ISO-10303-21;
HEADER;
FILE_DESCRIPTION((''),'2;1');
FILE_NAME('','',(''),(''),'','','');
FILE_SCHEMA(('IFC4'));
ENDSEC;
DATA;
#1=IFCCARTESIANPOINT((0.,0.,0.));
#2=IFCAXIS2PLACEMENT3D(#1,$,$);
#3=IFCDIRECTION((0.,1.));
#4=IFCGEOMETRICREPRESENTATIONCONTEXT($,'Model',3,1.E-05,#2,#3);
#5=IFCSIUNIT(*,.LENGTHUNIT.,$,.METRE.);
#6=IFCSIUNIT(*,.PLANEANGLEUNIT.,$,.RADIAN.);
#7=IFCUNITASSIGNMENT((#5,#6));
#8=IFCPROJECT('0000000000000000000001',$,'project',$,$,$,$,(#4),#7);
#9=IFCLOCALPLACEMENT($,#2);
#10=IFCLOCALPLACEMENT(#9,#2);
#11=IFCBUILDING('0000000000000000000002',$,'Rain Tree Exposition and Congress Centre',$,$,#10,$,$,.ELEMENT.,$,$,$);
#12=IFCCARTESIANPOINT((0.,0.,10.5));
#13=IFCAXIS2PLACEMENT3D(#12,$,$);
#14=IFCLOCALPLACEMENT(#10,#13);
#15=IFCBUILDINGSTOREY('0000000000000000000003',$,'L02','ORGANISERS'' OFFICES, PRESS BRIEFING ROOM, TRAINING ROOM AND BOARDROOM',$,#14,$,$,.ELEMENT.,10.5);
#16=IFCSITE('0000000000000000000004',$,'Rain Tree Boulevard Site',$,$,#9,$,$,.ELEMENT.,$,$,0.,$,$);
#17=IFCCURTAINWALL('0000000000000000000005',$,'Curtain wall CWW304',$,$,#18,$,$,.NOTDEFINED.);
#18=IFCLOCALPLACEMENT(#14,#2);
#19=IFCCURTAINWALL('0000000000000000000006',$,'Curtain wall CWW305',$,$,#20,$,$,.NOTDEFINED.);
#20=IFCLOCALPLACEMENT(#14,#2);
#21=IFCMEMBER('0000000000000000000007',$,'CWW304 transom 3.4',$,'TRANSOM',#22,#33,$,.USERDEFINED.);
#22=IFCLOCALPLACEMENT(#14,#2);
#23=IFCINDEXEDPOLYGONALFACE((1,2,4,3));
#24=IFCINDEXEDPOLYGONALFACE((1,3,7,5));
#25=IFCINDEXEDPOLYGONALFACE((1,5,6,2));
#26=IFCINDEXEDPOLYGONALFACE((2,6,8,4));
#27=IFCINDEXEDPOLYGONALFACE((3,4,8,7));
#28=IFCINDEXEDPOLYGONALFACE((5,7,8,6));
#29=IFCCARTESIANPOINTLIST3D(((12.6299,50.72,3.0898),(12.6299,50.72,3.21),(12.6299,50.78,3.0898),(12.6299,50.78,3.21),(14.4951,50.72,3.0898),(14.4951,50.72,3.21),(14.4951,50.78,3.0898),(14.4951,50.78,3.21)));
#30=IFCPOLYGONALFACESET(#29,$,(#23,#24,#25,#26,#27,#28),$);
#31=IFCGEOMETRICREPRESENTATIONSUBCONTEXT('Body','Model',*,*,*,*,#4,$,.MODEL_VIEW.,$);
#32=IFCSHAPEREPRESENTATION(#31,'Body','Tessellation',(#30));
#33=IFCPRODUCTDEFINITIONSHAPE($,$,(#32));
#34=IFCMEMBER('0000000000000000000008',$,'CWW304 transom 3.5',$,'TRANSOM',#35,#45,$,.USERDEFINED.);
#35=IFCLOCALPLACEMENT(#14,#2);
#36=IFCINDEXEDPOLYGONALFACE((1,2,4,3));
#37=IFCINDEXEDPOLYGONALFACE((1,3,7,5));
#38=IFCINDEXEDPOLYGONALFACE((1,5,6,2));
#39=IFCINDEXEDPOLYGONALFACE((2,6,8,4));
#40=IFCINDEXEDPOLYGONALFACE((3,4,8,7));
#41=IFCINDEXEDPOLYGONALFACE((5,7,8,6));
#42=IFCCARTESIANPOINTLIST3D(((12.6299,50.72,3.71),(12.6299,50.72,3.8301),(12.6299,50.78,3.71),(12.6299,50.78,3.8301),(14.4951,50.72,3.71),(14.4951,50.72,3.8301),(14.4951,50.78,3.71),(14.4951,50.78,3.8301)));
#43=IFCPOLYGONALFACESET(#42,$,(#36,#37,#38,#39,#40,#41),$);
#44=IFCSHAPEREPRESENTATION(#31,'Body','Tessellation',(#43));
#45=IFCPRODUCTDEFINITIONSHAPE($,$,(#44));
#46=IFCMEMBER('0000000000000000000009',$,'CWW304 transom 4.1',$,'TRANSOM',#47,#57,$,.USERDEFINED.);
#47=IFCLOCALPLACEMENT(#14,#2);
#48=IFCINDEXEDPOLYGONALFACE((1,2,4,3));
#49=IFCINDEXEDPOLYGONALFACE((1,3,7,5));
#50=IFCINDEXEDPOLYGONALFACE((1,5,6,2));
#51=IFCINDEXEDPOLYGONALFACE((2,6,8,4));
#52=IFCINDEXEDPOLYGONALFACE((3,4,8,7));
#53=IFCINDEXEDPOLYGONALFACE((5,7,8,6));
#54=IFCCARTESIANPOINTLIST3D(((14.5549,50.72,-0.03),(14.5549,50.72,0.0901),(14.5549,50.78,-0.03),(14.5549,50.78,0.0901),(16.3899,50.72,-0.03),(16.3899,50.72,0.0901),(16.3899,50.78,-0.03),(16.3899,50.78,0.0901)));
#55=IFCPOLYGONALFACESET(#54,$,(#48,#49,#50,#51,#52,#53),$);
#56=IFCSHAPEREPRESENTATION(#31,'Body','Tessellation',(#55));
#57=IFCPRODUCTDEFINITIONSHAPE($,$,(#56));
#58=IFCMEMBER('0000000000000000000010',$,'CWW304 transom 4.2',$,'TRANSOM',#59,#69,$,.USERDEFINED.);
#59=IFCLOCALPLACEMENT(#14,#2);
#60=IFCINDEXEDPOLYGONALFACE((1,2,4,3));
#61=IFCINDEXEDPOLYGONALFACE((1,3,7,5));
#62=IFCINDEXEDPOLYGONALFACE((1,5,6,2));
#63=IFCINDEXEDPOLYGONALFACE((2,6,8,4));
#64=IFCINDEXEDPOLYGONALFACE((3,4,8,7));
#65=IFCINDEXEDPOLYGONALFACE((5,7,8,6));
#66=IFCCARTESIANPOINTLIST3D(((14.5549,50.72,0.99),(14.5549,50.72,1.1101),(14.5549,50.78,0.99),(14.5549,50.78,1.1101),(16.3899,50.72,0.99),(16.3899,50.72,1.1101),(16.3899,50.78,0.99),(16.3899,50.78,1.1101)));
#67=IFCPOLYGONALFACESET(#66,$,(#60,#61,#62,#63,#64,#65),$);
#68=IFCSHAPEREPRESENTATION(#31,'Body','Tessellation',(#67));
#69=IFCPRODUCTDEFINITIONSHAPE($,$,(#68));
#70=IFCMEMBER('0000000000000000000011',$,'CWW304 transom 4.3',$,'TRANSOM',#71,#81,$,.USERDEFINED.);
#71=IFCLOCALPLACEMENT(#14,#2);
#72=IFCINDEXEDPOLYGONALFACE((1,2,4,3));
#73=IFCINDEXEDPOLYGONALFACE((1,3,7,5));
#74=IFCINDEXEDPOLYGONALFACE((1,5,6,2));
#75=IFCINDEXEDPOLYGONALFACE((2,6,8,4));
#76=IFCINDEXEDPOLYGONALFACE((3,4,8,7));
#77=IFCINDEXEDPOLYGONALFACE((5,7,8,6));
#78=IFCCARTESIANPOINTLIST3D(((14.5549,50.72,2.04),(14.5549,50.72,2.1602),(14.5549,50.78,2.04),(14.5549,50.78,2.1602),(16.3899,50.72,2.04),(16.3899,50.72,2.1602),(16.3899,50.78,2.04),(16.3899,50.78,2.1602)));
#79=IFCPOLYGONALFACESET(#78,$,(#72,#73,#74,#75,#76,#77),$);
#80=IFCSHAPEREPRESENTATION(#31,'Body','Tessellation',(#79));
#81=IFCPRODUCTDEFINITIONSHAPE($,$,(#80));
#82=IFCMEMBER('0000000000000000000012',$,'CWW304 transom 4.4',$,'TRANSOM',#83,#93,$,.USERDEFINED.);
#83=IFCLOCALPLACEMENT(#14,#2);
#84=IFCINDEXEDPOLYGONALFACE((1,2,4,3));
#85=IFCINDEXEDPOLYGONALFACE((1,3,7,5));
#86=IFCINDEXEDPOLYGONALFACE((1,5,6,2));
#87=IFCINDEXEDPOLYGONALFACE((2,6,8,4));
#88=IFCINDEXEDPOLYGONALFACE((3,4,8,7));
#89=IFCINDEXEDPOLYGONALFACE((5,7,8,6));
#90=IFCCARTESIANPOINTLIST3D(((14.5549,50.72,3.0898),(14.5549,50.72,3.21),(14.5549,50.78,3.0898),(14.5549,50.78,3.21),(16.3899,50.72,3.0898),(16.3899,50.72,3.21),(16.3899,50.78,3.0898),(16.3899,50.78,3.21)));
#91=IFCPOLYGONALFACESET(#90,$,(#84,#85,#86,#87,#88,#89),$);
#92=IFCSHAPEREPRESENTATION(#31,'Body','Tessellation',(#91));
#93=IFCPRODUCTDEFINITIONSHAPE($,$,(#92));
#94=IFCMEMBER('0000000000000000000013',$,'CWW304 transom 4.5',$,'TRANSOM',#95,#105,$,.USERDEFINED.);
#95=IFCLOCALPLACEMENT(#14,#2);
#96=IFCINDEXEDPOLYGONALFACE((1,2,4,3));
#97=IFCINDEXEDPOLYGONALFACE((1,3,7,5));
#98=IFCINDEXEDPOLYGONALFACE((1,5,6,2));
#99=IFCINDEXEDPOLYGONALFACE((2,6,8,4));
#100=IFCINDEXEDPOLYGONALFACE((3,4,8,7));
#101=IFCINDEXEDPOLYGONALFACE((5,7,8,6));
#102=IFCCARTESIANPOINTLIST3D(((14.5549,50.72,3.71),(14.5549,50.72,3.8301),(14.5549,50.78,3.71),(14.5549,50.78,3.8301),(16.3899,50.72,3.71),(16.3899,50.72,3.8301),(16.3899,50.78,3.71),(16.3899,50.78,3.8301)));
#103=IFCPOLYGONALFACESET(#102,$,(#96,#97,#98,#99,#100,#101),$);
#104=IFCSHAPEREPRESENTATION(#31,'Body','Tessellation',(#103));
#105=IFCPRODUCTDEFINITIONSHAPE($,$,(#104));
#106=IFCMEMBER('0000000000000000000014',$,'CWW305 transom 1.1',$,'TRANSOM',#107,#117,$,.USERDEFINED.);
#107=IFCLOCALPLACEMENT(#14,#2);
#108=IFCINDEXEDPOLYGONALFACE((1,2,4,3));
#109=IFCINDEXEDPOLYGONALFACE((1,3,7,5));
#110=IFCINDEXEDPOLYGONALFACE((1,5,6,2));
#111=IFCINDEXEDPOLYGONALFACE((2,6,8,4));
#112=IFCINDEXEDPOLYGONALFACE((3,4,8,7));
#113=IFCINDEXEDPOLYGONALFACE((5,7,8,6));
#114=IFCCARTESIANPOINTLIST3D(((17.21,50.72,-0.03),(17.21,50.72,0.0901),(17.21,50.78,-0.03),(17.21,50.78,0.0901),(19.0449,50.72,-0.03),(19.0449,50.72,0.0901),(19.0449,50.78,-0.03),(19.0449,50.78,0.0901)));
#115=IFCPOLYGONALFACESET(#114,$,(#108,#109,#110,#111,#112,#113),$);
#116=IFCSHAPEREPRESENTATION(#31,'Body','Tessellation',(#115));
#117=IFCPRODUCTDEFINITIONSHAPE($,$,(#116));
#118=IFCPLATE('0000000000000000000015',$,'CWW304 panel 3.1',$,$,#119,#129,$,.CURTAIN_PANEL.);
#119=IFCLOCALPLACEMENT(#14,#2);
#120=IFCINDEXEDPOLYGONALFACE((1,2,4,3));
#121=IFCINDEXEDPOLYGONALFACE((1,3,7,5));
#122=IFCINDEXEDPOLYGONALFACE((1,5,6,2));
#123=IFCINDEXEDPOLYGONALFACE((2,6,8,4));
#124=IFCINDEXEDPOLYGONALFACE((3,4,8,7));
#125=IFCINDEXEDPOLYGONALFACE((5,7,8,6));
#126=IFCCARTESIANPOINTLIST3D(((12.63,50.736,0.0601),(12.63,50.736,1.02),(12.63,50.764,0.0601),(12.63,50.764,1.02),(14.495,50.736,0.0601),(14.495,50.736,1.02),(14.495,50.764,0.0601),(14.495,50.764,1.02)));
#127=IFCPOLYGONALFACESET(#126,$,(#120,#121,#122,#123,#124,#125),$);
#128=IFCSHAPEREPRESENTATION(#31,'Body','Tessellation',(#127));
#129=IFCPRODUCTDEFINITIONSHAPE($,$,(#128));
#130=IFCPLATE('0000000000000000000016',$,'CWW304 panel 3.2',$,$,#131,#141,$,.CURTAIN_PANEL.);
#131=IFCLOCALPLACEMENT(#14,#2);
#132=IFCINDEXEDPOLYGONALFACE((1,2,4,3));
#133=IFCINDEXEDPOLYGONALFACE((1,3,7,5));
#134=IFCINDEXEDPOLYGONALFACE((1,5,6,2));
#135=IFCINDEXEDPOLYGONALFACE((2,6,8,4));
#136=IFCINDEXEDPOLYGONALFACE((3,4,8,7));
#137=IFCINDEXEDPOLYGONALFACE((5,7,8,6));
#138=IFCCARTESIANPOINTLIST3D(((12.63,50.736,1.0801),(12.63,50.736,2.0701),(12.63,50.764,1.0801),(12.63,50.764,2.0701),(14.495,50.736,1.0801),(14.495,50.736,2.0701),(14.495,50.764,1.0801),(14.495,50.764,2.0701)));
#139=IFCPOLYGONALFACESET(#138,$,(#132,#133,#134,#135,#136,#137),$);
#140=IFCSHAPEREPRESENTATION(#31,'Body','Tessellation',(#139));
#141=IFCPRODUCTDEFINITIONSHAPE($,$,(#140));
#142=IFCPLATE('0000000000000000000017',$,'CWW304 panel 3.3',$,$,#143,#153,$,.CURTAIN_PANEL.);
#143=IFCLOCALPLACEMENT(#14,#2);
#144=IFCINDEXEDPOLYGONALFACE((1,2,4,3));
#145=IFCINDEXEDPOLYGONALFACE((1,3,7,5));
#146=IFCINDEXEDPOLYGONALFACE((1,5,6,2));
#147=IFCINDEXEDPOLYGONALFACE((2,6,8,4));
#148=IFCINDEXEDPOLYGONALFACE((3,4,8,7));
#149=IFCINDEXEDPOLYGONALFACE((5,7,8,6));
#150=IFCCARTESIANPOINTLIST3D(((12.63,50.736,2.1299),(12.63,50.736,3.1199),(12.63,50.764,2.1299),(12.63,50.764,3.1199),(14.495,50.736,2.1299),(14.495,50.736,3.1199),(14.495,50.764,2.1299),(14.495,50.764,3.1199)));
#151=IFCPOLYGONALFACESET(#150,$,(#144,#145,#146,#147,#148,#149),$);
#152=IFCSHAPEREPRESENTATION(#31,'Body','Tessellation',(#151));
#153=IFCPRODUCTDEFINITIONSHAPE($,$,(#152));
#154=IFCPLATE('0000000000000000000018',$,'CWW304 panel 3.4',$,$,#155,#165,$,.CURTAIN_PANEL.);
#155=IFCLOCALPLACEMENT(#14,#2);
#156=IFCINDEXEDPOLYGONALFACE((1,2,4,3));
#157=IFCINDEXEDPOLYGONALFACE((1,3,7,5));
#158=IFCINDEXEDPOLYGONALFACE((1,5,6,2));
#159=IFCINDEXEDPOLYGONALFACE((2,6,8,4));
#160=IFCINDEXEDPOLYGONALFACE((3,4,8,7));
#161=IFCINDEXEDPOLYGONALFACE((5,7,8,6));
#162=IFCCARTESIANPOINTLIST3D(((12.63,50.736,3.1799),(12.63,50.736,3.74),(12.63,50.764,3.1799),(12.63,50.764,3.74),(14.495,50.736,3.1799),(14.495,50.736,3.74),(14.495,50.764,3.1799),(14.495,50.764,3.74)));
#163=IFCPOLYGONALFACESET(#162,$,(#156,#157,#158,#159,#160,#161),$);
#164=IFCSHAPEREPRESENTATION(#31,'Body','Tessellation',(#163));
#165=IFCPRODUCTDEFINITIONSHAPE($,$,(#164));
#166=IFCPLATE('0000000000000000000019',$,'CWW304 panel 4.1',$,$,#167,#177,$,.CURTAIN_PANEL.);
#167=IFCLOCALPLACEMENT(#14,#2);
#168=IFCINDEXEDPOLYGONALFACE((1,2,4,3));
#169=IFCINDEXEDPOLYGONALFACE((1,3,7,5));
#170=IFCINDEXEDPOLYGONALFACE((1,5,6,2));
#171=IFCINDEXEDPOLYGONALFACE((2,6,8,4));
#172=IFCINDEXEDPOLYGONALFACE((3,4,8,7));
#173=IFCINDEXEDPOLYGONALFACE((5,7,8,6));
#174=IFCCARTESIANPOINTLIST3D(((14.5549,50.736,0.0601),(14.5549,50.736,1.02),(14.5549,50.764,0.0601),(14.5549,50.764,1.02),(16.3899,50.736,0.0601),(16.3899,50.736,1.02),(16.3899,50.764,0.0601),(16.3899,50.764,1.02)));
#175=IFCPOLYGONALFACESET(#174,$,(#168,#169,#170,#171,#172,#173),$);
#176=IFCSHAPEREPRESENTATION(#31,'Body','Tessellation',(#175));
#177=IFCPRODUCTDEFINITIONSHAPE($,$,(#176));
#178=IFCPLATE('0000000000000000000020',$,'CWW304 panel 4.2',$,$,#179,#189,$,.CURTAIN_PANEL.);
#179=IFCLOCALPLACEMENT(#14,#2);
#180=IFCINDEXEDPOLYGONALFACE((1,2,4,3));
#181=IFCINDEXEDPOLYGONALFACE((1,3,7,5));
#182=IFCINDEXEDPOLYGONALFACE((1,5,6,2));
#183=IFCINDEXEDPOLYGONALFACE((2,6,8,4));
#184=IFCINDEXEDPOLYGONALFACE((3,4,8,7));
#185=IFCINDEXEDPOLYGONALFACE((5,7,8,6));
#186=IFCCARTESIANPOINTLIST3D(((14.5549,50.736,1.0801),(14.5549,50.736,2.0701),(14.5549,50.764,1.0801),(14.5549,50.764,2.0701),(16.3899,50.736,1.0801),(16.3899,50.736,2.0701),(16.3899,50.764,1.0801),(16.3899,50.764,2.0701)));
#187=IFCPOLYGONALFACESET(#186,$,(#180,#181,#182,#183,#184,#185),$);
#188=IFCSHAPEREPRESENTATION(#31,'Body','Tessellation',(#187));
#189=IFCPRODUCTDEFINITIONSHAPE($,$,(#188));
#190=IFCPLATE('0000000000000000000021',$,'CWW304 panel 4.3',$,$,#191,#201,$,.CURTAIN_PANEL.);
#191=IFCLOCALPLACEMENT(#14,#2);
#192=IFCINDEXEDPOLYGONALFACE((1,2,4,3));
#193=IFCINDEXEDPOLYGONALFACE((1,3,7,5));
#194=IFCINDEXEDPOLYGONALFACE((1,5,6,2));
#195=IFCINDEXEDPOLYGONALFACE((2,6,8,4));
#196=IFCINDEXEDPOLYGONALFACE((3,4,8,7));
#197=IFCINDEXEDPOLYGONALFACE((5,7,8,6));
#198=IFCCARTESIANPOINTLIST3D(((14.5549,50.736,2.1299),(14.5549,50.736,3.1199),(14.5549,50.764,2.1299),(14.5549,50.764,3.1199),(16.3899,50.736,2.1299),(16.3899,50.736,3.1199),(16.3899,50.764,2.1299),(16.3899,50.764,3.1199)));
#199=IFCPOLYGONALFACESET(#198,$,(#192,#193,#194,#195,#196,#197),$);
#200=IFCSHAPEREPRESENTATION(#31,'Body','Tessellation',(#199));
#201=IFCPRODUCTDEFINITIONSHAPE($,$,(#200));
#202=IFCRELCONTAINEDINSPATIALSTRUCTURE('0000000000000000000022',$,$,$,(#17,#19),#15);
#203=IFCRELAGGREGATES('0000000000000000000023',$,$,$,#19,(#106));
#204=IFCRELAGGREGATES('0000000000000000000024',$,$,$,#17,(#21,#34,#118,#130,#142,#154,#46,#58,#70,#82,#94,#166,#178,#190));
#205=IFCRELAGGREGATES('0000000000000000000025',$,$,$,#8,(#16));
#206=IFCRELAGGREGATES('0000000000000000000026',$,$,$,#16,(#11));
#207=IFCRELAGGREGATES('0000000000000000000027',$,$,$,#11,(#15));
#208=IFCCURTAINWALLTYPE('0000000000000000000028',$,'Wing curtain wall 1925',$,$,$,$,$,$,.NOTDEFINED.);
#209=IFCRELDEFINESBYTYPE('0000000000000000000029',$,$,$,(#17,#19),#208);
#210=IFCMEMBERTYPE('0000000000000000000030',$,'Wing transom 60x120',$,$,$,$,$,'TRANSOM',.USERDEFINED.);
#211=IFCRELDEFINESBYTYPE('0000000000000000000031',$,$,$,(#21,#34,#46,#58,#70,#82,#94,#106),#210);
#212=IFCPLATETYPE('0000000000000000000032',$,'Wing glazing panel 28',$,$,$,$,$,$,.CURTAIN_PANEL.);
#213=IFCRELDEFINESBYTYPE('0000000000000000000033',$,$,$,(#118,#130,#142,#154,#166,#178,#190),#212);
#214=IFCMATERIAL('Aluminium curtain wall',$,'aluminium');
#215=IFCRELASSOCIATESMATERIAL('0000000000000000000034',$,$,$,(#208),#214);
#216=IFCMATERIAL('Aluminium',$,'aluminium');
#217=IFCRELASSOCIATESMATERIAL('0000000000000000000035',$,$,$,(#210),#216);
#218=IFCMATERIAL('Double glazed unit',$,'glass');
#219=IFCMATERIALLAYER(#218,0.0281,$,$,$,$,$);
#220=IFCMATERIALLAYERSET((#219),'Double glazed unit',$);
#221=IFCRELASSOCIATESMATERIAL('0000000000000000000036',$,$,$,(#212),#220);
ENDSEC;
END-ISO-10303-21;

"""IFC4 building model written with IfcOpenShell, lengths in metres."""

from ifc_helpers import new_model, si_unit, direction, frame, origin, origin_2d, place, context, subcontext, project, spatial, rectangle, extrude, material, layer, layer_set, material_profile, profile_set, type_object, element, aggregate, save


model = new_model("IFC4")

# Units and contexts
model_context = context("Model", 3, precision=1e-05, world=origin(), true_north=direction((0.0, 1.0)))
body_context = subcontext(model_context, "Body", "Model", "MODEL_VIEW")
ifc_project = project(units=[si_unit("LENGTHUNIT", "METRE"), si_unit("PLANEANGLEUNIT", "RADIAN")], contexts=[model_context])

# Site, building, storey
site_placement = place(None, origin())
site = spatial("IfcSite", under=ifc_project, at=site_placement, Name="Rain Tree Boulevard Site", CompositionType="ELEMENT", RefElevation=0.0)
building_placement = place(site_placement, origin())
building = spatial("IfcBuilding", under=site, at=building_placement, Name="Rain Tree Exposition and Congress Centre", CompositionType="ELEMENT")
storey_placement = place(building_placement, frame((0.0, 0.0, 10.5)))
storey = spatial("IfcBuildingStorey", under=building, at=storey_placement, Name="L02", Description="ORGANISERS' OFFICES, PRESS BRIEFING ROOM, TRAINING ROOM AND BOARDROOM", CompositionType="ELEMENT", Elevation=10.5)

# Curtain wall
ifc_material_1 = material(Name="Aluminium curtain wall", Category="aluminium")
curtain_wall_type = type_object("IfcCurtainWallType", Name="Wing curtain wall 1925", PredefinedType="NOTDEFINED", material=ifc_material_1)
curtain_wall_1_placement = place(storey_placement, origin())
curtain_wall_1 = element("IfcCurtainWall", 1, at=curtain_wall_1_placement, inside=storey, type_object=curtain_wall_type, Name="Curtain wall CWW304", PredefinedType="NOTDEFINED")

# Curtain wall
curtain_wall_2_placement = place(storey_placement, origin())
curtain_wall_2 = element("IfcCurtainWall", 2, at=curtain_wall_2_placement, inside=storey, type_object=curtain_wall_type, Name="Curtain wall CWW305", PredefinedType="NOTDEFINED")

# Members
ifc_material_2 = material(Name="Aluminium", Category="aluminium")
ifc_material_profile_1 = material_profile(ifc_material_2, rectangle(XDim=0.0601, YDim=0.1201, at=origin_2d()), Name="Aluminium 60x120")
ifc_profile_set_1 = profile_set([ifc_material_profile_1], Name="Aluminium")
member_type_1 = type_object("IfcMemberType", Name="Wing transom 60x120", ElementType="TRANSOM", PredefinedType="USERDEFINED", material=ifc_profile_set_1)
member_1_placement = place(storey_placement, frame((12.6299, 50.75, 3.1499), z_axis=(1.0, 0.0, 0.0), x_axis=(0.0, 1.0, 0.0)))
member_1 = element("IfcMember", 3, at=member_1_placement, type_object=member_type_1, Name="CWW304 transom 3.4", ObjectType="TRANSOM", PredefinedType="USERDEFINED", context=body_context, shape_type="SweptSolid", body=[
    extrude(rectangle(XDim=0.0601, YDim=0.1201, at=origin_2d()), origin(), (0.0, 0.0, 1.0), 1.8652),
])
member_2_placement = place(storey_placement, frame((12.6299, 50.75, 3.77), z_axis=(1.0, 0.0, 0.0), x_axis=(0.0, 1.0, 0.0)))
member_2 = element("IfcMember", 4, at=member_2_placement, type_object=member_type_1, Name="CWW304 transom 3.5", ObjectType="TRANSOM", PredefinedType="USERDEFINED", context=body_context, shape_type="SweptSolid", body=[
    extrude(rectangle(XDim=0.0601, YDim=0.1201, at=origin_2d()), origin(), (0.0, 0.0, 1.0), 1.8652),
])
member_3_placement = place(storey_placement, frame((14.5549, 50.75, 0.03), z_axis=(1.0, 0.0, 0.0), x_axis=(0.0, 1.0, 0.0)))
member_3 = element("IfcMember", 5, at=member_3_placement, type_object=member_type_1, Name="CWW304 transom 4.1", ObjectType="TRANSOM", PredefinedType="USERDEFINED", context=body_context, shape_type="SweptSolid", body=[
    extrude(rectangle(XDim=0.0601, YDim=0.1201, at=origin_2d()), origin(), (0.0, 0.0, 1.0), 1.835),
])
member_4_placement = place(storey_placement, frame((14.5549, 50.75, 1.05), z_axis=(1.0, 0.0, 0.0), x_axis=(0.0, 1.0, 0.0)))
member_4 = element("IfcMember", 6, at=member_4_placement, type_object=member_type_1, Name="CWW304 transom 4.2", ObjectType="TRANSOM", PredefinedType="USERDEFINED", context=body_context, shape_type="SweptSolid", body=[
    extrude(rectangle(XDim=0.0601, YDim=0.1201, at=origin_2d()), origin(), (0.0, 0.0, 1.0), 1.835),
])
member_5_placement = place(storey_placement, frame((14.5549, 50.75, 2.1001), z_axis=(1.0, 0.0, 0.0), x_axis=(0.0, 1.0, 0.0)))
member_5 = element("IfcMember", 7, at=member_5_placement, type_object=member_type_1, Name="CWW304 transom 4.3", ObjectType="TRANSOM", PredefinedType="USERDEFINED", context=body_context, shape_type="SweptSolid", body=[
    extrude(rectangle(XDim=0.0601, YDim=0.1201, at=origin_2d()), origin(), (0.0, 0.0, 1.0), 1.835),
])
member_6_placement = place(storey_placement, frame((14.5549, 50.75, 3.1499), z_axis=(1.0, 0.0, 0.0), x_axis=(0.0, 1.0, 0.0)))
member_6 = element("IfcMember", 8, at=member_6_placement, type_object=member_type_1, Name="CWW304 transom 4.4", ObjectType="TRANSOM", PredefinedType="USERDEFINED", context=body_context, shape_type="SweptSolid", body=[
    extrude(rectangle(XDim=0.0601, YDim=0.1201, at=origin_2d()), origin(), (0.0, 0.0, 1.0), 1.835),
])
member_7_placement = place(storey_placement, frame((14.5549, 50.75, 3.77), z_axis=(1.0, 0.0, 0.0), x_axis=(0.0, 1.0, 0.0)))
member_7 = element("IfcMember", 9, at=member_7_placement, type_object=member_type_1, Name="CWW304 transom 4.5", ObjectType="TRANSOM", PredefinedType="USERDEFINED", context=body_context, shape_type="SweptSolid", body=[
    extrude(rectangle(XDim=0.0601, YDim=0.1201, at=origin_2d()), origin(), (0.0, 0.0, 1.0), 1.835),
])
member_8_placement = place(storey_placement, frame((17.21, 50.75, 0.03), z_axis=(1.0, 0.0, 0.0), x_axis=(0.0, 1.0, 0.0)))
member_8 = element("IfcMember", 10, at=member_8_placement, type_object=member_type_1, Name="CWW305 transom 1.1", ObjectType="TRANSOM", PredefinedType="USERDEFINED", context=body_context, shape_type="SweptSolid", body=[
    extrude(rectangle(XDim=0.0601, YDim=0.1201, at=origin_2d()), origin(), (0.0, 0.0, 1.0), 1.835),
])
aggregate(curtain_wall_2, [member_8])

# Plates
ifc_material_3 = material(Name="Double glazed unit", Category="glass")
ifc_layer_1 = layer(ifc_material_3, 0.0281)
ifc_layer_set_1 = layer_set([ifc_layer_1], Name="Double glazed unit")
plate_type = type_object("IfcPlateType", Name="Wing glazing panel 28", PredefinedType="CURTAIN_PANEL", material=ifc_layer_set_1)
plate_1_placement = place(storey_placement, frame((13.5625, 50.75, 0.0601), z_axis=(0.0, 0.0, 1.0), x_axis=(1.0, 0.0, 0.0)))
plate_1 = element("IfcPlate", 11, at=plate_1_placement, type_object=plate_type, Name="CWW304 panel 3.1", PredefinedType="CURTAIN_PANEL", context=body_context, shape_type="SweptSolid", body=[
    extrude(rectangle(XDim=1.865, YDim=0.0281, at=origin_2d()), origin(), (0.0, 0.0, 1.0), 0.96),
])
plate_2_placement = place(storey_placement, frame((13.5625, 50.75, 1.0801), z_axis=(0.0, 0.0, 1.0), x_axis=(1.0, 0.0, 0.0)))
plate_2 = element("IfcPlate", 12, at=plate_2_placement, type_object=plate_type, Name="CWW304 panel 3.2", PredefinedType="CURTAIN_PANEL", context=body_context, shape_type="SweptSolid", body=[
    extrude(rectangle(XDim=1.865, YDim=0.0281, at=origin_2d()), origin(), (0.0, 0.0, 1.0), 0.99),
])
plate_3_placement = place(storey_placement, frame((13.5625, 50.75, 2.1299), z_axis=(0.0, 0.0, 1.0), x_axis=(1.0, 0.0, 0.0)))
plate_3 = element("IfcPlate", 13, at=plate_3_placement, type_object=plate_type, Name="CWW304 panel 3.3", PredefinedType="CURTAIN_PANEL", context=body_context, shape_type="SweptSolid", body=[
    extrude(rectangle(XDim=1.865, YDim=0.0281, at=origin_2d()), origin(), (0.0, 0.0, 1.0), 0.99),
])
plate_4_placement = place(storey_placement, frame((13.5625, 50.75, 3.1799), z_axis=(0.0, 0.0, 1.0), x_axis=(1.0, 0.0, 0.0)))
plate_4 = element("IfcPlate", 14, at=plate_4_placement, type_object=plate_type, Name="CWW304 panel 3.4", PredefinedType="CURTAIN_PANEL", context=body_context, shape_type="SweptSolid", body=[
    extrude(rectangle(XDim=1.865, YDim=0.0281, at=origin_2d()), origin(), (0.0, 0.0, 1.0), 0.5601),
])
plate_5_placement = place(storey_placement, frame((15.4724, 50.75, 0.0601), z_axis=(0.0, 0.0, 1.0), x_axis=(1.0, 0.0, 0.0)))
plate_5 = element("IfcPlate", 15, at=plate_5_placement, type_object=plate_type, Name="CWW304 panel 4.1", PredefinedType="CURTAIN_PANEL", context=body_context, shape_type="SweptSolid", body=[
    extrude(rectangle(XDim=1.835, YDim=0.0281, at=origin_2d()), origin(), (0.0, 0.0, 1.0), 0.96),
])
plate_6_placement = place(storey_placement, frame((15.4724, 50.75, 1.0801), z_axis=(0.0, 0.0, 1.0), x_axis=(1.0, 0.0, 0.0)))
plate_6 = element("IfcPlate", 16, at=plate_6_placement, type_object=plate_type, Name="CWW304 panel 4.2", PredefinedType="CURTAIN_PANEL", context=body_context, shape_type="SweptSolid", body=[
    extrude(rectangle(XDim=1.835, YDim=0.0281, at=origin_2d()), origin(), (0.0, 0.0, 1.0), 0.99),
])
plate_7_placement = place(storey_placement, frame((15.4724, 50.75, 2.1299), z_axis=(0.0, 0.0, 1.0), x_axis=(1.0, 0.0, 0.0)))
plate_7 = element("IfcPlate", 17, at=plate_7_placement, type_object=plate_type, Name="CWW304 panel 4.3", PredefinedType="CURTAIN_PANEL", context=body_context, shape_type="SweptSolid", body=[
    extrude(rectangle(XDim=1.835, YDim=0.0281, at=origin_2d()), origin(), (0.0, 0.0, 1.0), 0.99),
])
aggregate(curtain_wall_1, [member_1, member_2, plate_1, plate_2, plate_3, plate_4, member_3, member_4, member_5, member_6, member_7, plate_5, plate_6, plate_7])

save(model, "model.ifc")
